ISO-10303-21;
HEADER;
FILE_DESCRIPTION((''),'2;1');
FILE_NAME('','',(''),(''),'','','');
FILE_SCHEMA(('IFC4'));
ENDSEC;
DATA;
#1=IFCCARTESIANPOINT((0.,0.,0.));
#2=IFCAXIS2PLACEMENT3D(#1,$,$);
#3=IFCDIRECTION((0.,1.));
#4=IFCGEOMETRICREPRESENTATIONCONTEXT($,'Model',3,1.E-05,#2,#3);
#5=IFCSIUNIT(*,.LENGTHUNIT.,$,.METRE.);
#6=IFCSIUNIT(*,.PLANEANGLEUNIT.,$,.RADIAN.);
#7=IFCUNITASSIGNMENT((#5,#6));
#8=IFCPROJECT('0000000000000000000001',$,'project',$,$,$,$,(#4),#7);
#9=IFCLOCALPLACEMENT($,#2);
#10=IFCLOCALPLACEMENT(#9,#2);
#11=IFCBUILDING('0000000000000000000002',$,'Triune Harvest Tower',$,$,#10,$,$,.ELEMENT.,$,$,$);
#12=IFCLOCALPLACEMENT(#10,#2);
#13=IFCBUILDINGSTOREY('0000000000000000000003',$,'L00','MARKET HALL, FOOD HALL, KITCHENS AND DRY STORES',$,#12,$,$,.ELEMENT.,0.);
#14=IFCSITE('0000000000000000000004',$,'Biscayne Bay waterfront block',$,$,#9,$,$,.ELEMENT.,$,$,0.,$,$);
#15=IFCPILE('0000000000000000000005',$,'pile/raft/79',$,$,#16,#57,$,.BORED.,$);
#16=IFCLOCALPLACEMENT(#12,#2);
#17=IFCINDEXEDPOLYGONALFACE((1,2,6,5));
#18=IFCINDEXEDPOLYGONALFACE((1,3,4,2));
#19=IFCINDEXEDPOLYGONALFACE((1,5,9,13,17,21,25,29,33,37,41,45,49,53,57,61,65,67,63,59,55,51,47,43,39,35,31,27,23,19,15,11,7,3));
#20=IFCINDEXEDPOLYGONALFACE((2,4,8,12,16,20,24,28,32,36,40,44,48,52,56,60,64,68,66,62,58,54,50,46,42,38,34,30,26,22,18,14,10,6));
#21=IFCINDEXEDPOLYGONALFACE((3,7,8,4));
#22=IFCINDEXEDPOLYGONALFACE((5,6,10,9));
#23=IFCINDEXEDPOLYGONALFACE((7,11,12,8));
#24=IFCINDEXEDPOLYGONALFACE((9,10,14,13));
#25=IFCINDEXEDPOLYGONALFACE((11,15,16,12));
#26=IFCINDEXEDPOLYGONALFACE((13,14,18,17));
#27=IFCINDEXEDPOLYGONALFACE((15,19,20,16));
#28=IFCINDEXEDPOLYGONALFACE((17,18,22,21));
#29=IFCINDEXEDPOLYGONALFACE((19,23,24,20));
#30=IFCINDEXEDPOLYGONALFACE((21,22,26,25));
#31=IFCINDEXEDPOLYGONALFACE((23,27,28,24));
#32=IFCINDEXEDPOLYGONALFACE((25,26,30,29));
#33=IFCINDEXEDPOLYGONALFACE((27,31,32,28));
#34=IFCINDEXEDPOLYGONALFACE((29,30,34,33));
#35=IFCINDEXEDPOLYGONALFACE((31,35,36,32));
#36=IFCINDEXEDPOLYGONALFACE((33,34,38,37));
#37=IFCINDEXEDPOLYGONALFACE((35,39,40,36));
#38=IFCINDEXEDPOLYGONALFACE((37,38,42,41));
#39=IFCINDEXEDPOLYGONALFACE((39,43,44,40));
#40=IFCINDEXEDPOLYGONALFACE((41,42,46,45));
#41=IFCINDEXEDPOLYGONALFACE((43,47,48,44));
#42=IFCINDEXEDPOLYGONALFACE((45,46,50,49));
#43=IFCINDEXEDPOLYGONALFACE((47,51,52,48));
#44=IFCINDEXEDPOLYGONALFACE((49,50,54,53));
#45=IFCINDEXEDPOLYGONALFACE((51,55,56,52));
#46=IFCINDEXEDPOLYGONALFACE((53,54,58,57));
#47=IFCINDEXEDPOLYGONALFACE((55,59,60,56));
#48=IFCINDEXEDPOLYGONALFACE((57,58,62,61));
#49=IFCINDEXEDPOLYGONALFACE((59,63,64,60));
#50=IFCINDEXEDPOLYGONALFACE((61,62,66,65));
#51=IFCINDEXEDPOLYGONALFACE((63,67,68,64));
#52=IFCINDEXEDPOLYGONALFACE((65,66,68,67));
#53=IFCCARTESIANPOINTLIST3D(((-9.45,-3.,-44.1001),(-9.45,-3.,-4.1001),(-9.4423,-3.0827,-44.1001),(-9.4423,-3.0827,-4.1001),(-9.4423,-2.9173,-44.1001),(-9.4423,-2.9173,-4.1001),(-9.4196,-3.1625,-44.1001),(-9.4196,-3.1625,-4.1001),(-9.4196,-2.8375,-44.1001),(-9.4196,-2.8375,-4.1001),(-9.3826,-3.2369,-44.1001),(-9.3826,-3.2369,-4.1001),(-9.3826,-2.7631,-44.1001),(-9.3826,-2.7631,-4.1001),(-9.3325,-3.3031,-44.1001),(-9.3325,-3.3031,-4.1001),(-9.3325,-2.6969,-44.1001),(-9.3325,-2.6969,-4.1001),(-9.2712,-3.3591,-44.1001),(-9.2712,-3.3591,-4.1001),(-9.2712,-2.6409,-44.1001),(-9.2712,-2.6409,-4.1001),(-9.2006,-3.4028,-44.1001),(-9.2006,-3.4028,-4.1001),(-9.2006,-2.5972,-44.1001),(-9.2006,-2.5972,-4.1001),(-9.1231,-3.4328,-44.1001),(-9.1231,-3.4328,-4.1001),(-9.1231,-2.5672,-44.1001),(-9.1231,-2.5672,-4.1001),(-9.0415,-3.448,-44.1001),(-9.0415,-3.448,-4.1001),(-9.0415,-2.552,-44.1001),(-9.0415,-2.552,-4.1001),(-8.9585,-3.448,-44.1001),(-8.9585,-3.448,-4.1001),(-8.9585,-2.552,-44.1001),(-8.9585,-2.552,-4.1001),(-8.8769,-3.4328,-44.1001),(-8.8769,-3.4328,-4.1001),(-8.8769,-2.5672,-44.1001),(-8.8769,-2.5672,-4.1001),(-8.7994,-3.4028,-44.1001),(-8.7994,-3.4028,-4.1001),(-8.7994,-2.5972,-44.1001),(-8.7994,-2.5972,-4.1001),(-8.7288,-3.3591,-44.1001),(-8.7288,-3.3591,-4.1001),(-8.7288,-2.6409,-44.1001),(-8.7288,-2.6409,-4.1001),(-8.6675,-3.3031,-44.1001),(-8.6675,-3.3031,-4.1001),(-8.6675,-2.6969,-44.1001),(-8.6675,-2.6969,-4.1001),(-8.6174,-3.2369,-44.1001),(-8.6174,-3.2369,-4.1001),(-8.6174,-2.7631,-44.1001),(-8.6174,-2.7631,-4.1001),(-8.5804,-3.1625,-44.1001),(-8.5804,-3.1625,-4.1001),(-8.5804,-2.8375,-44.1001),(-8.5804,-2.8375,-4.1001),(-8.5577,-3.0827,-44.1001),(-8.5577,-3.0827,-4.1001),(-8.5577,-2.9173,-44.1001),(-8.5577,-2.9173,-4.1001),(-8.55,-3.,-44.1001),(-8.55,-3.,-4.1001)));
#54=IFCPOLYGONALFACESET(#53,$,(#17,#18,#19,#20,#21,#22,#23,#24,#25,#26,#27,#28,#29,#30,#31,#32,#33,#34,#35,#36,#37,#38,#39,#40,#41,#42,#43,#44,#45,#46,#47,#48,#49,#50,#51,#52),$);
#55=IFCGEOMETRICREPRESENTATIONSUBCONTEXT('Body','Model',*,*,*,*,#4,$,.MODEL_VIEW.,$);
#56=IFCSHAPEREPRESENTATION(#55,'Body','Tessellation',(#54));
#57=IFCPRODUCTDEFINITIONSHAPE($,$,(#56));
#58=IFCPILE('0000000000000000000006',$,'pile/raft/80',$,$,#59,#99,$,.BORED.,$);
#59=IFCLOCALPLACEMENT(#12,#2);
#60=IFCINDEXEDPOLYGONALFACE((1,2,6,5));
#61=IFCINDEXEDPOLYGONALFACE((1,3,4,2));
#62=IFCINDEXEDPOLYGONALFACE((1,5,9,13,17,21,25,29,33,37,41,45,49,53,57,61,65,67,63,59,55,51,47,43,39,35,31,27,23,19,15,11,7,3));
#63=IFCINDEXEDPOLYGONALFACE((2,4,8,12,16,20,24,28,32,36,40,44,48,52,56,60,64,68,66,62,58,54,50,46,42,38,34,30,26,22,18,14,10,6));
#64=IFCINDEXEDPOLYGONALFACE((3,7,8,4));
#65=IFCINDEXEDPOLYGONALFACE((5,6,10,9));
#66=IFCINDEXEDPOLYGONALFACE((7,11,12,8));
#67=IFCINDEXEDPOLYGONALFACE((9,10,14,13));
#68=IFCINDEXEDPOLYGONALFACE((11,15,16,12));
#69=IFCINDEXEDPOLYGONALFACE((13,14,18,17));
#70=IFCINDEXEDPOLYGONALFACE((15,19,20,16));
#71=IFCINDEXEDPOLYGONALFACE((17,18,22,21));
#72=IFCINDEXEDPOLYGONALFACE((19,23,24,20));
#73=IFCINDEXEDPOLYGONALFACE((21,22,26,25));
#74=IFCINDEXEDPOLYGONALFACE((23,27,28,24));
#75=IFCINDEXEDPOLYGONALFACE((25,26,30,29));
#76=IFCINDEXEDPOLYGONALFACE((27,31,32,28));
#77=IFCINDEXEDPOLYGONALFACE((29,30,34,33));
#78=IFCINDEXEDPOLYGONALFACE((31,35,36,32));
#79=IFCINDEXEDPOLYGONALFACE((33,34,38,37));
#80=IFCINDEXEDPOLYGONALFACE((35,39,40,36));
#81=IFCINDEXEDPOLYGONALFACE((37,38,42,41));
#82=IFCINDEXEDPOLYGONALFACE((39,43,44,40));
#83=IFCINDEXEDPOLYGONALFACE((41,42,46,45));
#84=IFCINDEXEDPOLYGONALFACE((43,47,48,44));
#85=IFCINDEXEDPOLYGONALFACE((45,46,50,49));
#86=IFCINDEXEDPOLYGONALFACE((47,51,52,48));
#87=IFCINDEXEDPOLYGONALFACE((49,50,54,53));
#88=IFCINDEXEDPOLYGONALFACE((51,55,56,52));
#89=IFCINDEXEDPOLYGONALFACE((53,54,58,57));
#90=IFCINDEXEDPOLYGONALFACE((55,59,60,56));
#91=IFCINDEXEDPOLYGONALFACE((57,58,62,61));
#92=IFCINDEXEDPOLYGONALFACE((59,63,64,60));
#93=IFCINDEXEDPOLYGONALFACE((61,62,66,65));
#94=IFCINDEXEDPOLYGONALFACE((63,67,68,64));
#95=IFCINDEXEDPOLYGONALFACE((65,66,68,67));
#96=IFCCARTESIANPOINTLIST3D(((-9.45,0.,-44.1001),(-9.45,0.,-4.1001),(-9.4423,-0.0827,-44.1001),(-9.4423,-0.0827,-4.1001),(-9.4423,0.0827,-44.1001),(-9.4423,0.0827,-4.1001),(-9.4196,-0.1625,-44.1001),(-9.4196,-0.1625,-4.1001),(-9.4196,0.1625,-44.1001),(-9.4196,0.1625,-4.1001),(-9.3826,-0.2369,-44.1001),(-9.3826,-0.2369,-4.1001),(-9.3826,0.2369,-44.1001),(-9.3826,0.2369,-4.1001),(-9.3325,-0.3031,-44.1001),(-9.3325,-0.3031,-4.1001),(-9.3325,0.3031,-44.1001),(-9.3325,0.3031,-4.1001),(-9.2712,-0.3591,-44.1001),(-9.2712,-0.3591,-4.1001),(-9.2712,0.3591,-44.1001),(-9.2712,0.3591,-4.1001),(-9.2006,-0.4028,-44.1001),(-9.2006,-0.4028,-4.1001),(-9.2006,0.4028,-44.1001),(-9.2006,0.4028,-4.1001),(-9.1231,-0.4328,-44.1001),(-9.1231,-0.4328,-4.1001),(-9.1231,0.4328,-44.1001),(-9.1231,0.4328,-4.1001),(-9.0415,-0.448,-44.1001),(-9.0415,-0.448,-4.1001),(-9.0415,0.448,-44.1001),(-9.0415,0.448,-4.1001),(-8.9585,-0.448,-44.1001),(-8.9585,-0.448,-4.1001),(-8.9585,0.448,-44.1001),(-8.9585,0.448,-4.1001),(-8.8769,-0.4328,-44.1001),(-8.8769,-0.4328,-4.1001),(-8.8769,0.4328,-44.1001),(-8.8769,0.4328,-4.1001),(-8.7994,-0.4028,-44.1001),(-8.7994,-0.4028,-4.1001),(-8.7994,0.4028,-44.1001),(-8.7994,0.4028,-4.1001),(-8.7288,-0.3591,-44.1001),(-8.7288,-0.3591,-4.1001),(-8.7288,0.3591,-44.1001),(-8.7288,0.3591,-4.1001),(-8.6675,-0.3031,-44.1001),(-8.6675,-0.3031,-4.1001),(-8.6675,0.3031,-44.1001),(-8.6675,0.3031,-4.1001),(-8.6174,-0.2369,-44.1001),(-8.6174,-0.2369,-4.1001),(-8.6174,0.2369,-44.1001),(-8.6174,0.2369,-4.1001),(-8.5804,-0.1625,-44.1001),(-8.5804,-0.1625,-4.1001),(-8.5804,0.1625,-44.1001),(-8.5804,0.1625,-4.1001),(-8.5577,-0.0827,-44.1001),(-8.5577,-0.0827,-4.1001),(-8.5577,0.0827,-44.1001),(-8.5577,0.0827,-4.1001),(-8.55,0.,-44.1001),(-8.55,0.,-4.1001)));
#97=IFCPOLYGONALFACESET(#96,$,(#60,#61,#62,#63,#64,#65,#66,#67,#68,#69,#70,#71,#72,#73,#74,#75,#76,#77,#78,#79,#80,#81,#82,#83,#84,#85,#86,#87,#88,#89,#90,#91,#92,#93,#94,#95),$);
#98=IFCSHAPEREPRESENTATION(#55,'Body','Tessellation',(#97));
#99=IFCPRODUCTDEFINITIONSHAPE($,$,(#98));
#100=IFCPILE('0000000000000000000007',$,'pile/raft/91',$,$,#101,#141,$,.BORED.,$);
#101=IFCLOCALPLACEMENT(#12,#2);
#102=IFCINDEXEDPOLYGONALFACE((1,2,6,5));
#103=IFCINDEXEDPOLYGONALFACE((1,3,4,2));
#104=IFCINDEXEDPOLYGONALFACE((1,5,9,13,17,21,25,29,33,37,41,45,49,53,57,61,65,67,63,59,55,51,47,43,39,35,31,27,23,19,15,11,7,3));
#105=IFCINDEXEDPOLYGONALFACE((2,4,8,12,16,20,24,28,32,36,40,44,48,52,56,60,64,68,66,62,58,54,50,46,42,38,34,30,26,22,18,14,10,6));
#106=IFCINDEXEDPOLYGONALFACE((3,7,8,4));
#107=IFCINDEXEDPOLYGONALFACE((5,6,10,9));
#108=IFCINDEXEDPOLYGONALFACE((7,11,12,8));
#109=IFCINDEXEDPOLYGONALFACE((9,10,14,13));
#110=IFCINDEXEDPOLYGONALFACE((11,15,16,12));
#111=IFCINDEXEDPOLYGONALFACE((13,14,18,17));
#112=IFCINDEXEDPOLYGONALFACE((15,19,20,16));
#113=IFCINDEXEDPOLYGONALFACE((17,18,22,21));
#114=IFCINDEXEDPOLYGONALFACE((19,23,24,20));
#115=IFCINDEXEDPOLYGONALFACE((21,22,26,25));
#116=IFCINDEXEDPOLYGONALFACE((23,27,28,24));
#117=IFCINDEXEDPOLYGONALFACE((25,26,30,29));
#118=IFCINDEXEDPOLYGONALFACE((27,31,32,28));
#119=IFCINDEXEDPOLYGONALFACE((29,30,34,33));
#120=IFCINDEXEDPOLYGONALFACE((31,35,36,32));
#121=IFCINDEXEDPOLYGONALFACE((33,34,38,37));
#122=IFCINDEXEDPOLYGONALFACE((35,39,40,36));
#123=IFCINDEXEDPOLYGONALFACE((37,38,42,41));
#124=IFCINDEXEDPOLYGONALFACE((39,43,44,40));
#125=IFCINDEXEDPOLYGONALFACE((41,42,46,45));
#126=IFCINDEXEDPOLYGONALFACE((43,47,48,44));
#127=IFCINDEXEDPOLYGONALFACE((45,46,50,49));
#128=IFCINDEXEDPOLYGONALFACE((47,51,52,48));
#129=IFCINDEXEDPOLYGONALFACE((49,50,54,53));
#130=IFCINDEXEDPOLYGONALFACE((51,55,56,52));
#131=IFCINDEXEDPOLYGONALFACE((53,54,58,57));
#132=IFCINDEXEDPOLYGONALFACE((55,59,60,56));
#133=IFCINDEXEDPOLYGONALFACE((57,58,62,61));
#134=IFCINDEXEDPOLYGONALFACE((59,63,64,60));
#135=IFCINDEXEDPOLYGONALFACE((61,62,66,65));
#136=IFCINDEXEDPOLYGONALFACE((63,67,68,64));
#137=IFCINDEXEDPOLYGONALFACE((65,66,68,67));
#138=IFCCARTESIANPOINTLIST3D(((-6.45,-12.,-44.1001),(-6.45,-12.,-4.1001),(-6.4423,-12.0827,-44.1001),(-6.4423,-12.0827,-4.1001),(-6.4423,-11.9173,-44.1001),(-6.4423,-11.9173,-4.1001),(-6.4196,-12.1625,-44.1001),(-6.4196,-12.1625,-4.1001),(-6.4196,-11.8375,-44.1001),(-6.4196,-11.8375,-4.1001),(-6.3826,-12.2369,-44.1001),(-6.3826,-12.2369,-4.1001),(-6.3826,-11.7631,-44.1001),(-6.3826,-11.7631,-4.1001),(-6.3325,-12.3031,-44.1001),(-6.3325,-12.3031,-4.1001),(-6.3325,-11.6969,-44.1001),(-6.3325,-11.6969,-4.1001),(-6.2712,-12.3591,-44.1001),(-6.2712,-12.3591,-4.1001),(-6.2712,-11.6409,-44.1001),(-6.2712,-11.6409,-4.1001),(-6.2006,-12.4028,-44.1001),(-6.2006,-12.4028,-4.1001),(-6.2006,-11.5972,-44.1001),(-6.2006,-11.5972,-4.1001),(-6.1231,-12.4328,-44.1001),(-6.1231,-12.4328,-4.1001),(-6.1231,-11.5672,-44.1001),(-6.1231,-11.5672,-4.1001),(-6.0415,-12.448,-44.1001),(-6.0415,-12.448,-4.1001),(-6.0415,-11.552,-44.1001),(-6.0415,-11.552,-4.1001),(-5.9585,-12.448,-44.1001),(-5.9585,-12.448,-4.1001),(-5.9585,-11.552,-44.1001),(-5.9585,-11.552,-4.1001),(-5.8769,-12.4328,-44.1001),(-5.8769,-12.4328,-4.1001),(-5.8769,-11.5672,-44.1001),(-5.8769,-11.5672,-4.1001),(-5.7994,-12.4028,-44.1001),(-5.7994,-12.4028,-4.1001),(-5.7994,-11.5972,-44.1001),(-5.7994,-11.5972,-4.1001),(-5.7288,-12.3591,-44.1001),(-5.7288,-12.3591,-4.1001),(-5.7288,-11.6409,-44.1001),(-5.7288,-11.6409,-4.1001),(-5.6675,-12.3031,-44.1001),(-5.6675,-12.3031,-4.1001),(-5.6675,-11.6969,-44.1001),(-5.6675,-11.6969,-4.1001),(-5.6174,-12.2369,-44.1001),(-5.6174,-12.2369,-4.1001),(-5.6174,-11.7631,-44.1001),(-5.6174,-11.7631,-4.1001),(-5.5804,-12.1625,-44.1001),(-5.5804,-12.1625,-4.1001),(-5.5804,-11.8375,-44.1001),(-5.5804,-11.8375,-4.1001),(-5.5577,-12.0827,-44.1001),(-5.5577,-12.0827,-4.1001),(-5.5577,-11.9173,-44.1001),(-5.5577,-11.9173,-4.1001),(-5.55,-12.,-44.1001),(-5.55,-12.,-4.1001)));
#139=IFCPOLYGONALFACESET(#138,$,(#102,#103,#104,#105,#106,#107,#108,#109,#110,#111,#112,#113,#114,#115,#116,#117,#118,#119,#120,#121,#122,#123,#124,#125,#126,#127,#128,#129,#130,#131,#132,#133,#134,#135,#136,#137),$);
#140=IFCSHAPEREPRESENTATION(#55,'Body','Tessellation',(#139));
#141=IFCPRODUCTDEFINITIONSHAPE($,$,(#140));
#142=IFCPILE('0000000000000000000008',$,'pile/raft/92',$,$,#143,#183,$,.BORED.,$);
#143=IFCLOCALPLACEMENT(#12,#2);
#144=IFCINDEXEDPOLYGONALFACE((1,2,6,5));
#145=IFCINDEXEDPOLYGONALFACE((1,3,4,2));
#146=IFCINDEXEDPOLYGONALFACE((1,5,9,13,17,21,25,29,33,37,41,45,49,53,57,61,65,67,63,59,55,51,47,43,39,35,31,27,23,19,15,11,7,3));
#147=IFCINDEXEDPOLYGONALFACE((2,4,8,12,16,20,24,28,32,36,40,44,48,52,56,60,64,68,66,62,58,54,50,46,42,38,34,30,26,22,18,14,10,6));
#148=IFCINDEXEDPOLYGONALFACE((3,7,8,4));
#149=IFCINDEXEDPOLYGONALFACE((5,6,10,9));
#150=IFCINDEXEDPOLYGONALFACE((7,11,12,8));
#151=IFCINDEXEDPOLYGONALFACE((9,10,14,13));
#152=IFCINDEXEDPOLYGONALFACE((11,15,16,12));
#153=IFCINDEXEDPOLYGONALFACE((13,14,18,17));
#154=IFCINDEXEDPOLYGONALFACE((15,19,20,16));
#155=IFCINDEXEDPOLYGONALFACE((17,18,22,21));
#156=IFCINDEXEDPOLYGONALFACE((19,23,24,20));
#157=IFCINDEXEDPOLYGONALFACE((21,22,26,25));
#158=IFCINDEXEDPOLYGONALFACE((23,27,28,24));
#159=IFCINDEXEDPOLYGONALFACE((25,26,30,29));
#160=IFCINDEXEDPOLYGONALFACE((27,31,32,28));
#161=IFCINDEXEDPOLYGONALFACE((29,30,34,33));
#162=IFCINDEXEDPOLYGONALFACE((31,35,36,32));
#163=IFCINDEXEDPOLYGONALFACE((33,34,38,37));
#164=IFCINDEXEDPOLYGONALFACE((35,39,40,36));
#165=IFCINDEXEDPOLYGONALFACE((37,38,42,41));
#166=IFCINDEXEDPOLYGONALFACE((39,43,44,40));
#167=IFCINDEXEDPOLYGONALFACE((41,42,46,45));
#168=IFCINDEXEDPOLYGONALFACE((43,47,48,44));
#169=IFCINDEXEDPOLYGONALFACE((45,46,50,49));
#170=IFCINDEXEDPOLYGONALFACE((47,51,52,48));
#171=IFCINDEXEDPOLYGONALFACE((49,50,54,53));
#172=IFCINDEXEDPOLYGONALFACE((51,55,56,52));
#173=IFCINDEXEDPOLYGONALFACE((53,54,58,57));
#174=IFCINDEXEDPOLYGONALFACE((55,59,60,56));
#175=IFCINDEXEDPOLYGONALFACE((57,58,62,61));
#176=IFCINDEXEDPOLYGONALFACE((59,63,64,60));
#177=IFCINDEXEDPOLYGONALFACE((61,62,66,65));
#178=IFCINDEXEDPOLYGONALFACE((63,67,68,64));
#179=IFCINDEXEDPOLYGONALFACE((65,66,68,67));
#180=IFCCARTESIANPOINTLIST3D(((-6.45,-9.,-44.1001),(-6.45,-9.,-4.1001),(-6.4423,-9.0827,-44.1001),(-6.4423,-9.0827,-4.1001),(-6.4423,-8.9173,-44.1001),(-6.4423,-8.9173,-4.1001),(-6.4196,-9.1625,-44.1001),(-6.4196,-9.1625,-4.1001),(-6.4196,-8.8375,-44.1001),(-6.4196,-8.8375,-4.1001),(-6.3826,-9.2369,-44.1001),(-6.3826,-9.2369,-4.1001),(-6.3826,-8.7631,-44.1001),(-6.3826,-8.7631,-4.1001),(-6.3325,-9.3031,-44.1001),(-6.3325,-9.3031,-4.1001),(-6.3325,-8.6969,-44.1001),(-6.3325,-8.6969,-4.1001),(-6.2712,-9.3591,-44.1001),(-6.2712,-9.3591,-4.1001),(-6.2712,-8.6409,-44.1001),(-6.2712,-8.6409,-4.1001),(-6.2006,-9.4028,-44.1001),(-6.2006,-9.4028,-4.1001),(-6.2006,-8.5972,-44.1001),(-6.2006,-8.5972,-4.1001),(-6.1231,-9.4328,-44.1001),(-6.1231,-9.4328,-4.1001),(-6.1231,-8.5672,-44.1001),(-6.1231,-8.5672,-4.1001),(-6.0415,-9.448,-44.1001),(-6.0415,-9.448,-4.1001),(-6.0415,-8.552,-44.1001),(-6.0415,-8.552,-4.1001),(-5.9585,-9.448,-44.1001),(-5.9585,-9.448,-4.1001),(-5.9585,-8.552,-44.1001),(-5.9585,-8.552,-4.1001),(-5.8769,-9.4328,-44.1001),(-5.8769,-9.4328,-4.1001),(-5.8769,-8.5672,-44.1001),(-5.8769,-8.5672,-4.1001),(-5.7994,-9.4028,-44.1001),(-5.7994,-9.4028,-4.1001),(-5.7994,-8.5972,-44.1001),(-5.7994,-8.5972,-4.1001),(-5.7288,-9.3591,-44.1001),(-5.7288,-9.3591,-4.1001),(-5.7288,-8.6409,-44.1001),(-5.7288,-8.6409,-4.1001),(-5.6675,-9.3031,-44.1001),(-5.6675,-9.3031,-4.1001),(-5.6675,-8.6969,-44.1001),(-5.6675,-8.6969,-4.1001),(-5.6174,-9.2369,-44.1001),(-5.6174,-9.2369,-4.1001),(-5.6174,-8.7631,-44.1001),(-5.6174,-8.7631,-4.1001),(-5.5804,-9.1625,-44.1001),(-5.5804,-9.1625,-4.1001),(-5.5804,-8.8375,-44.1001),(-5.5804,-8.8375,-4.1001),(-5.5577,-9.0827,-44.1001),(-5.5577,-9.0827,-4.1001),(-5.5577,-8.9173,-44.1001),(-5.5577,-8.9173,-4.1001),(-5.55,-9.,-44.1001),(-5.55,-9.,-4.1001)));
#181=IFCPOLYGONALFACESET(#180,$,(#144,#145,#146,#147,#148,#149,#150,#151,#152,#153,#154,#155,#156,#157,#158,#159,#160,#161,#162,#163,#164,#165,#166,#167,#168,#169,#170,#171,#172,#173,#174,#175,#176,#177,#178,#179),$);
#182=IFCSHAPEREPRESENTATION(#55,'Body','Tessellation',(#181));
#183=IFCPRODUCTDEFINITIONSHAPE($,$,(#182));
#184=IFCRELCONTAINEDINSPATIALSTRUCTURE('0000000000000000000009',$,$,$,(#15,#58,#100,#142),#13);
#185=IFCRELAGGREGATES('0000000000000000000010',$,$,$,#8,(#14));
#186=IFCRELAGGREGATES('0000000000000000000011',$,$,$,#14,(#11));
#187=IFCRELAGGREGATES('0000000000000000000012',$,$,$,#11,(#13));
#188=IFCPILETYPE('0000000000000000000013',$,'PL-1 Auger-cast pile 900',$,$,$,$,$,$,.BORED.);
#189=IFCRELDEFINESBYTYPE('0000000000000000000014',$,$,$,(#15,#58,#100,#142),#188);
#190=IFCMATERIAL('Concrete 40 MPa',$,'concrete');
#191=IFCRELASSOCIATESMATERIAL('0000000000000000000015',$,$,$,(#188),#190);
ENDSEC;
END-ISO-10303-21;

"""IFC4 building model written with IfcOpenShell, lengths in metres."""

from ifc_helpers import new_model, si_unit, direction, frame, origin, origin_2d, place, context, subcontext, project, spatial, circle, extrude, source, transform, mapped, material, material_profile, profile_set, type_object, element, save


model = new_model("IFC4")

# Units and contexts
model_context = context("Model", 3, precision=1e-05, world=origin(), true_north=direction((0.0, 1.0)))
body_context = subcontext(model_context, "Body", "Model", "MODEL_VIEW")
ifc_project = project(units=[si_unit("LENGTHUNIT", "METRE"), si_unit("PLANEANGLEUNIT", "RADIAN")], contexts=[model_context])

# Site, building, storey
site_placement = place(None, origin())
site = spatial("IfcSite", under=ifc_project, at=site_placement, Name="Biscayne Bay waterfront block", CompositionType="ELEMENT", RefElevation=0.0)
building_placement = place(site_placement, origin())
building = spatial("IfcBuilding", under=site, at=building_placement, Name="Triune Harvest Tower", CompositionType="ELEMENT")
storey_placement = place(building_placement, origin())
storey = spatial("IfcBuildingStorey", under=building, at=storey_placement, Name="L00", Description="MARKET HALL, FOOD HALL, KITCHENS AND DRY STORES", CompositionType="ELEMENT", Elevation=0.0)

# Piles
ifc_material_1 = material(Name="Concrete 40 MPa", Category="concrete")
ifc_material_profile = material_profile(ifc_material_1, circle(Radius=0.45, at=origin_2d()), Name="Bored 900")
ifc_profile_set = profile_set([ifc_material_profile], Name="Concrete 40 MPa")
pile_type = type_object("IfcPileType", Name="PL-1 Auger-cast pile 900", PredefinedType="BORED", material=ifc_profile_set)
shared_shape_1 = source(origin(), body_context, "Body", "SweptSolid", [
    extrude(circle(Radius=0.45, at=origin_2d()), origin(), (0.0, 0.0, 1.0), 40.0),
])
for number, where, z_axis, x_axis, name in (
    (1, (-9.0, -3.0, -4.1001), (0.0, 0.0, -1.0), (1.0, 0.0, 0.0), "pile/raft/79"),
    (2, (-9.0, 0.0, -4.1001), (0.0, 0.0, -1.0), (1.0, 0.0, 0.0), "pile/raft/80"),
    (3, (-6.0, -12.0, -4.1001), (0.0, 0.0, -1.0), (1.0, 0.0, 0.0), "pile/raft/91"),
    (4, (-6.0, -9.0, -4.1001), (0.0, 0.0, -1.0), (1.0, 0.0, 0.0), "pile/raft/92"),
):
    element("IfcPile", number, at=place(storey_placement, frame(where, z_axis=z_axis, x_axis=x_axis)), inside=storey, type_object=pile_type, Name=name, PredefinedType="BORED", context=body_context, shape_type="MappedRepresentation", body=[
        mapped(shared_shape_1, transform((0.0, 0.0, 0.0), scale=1.0)),
    ])

save(model, "model.ifc")
